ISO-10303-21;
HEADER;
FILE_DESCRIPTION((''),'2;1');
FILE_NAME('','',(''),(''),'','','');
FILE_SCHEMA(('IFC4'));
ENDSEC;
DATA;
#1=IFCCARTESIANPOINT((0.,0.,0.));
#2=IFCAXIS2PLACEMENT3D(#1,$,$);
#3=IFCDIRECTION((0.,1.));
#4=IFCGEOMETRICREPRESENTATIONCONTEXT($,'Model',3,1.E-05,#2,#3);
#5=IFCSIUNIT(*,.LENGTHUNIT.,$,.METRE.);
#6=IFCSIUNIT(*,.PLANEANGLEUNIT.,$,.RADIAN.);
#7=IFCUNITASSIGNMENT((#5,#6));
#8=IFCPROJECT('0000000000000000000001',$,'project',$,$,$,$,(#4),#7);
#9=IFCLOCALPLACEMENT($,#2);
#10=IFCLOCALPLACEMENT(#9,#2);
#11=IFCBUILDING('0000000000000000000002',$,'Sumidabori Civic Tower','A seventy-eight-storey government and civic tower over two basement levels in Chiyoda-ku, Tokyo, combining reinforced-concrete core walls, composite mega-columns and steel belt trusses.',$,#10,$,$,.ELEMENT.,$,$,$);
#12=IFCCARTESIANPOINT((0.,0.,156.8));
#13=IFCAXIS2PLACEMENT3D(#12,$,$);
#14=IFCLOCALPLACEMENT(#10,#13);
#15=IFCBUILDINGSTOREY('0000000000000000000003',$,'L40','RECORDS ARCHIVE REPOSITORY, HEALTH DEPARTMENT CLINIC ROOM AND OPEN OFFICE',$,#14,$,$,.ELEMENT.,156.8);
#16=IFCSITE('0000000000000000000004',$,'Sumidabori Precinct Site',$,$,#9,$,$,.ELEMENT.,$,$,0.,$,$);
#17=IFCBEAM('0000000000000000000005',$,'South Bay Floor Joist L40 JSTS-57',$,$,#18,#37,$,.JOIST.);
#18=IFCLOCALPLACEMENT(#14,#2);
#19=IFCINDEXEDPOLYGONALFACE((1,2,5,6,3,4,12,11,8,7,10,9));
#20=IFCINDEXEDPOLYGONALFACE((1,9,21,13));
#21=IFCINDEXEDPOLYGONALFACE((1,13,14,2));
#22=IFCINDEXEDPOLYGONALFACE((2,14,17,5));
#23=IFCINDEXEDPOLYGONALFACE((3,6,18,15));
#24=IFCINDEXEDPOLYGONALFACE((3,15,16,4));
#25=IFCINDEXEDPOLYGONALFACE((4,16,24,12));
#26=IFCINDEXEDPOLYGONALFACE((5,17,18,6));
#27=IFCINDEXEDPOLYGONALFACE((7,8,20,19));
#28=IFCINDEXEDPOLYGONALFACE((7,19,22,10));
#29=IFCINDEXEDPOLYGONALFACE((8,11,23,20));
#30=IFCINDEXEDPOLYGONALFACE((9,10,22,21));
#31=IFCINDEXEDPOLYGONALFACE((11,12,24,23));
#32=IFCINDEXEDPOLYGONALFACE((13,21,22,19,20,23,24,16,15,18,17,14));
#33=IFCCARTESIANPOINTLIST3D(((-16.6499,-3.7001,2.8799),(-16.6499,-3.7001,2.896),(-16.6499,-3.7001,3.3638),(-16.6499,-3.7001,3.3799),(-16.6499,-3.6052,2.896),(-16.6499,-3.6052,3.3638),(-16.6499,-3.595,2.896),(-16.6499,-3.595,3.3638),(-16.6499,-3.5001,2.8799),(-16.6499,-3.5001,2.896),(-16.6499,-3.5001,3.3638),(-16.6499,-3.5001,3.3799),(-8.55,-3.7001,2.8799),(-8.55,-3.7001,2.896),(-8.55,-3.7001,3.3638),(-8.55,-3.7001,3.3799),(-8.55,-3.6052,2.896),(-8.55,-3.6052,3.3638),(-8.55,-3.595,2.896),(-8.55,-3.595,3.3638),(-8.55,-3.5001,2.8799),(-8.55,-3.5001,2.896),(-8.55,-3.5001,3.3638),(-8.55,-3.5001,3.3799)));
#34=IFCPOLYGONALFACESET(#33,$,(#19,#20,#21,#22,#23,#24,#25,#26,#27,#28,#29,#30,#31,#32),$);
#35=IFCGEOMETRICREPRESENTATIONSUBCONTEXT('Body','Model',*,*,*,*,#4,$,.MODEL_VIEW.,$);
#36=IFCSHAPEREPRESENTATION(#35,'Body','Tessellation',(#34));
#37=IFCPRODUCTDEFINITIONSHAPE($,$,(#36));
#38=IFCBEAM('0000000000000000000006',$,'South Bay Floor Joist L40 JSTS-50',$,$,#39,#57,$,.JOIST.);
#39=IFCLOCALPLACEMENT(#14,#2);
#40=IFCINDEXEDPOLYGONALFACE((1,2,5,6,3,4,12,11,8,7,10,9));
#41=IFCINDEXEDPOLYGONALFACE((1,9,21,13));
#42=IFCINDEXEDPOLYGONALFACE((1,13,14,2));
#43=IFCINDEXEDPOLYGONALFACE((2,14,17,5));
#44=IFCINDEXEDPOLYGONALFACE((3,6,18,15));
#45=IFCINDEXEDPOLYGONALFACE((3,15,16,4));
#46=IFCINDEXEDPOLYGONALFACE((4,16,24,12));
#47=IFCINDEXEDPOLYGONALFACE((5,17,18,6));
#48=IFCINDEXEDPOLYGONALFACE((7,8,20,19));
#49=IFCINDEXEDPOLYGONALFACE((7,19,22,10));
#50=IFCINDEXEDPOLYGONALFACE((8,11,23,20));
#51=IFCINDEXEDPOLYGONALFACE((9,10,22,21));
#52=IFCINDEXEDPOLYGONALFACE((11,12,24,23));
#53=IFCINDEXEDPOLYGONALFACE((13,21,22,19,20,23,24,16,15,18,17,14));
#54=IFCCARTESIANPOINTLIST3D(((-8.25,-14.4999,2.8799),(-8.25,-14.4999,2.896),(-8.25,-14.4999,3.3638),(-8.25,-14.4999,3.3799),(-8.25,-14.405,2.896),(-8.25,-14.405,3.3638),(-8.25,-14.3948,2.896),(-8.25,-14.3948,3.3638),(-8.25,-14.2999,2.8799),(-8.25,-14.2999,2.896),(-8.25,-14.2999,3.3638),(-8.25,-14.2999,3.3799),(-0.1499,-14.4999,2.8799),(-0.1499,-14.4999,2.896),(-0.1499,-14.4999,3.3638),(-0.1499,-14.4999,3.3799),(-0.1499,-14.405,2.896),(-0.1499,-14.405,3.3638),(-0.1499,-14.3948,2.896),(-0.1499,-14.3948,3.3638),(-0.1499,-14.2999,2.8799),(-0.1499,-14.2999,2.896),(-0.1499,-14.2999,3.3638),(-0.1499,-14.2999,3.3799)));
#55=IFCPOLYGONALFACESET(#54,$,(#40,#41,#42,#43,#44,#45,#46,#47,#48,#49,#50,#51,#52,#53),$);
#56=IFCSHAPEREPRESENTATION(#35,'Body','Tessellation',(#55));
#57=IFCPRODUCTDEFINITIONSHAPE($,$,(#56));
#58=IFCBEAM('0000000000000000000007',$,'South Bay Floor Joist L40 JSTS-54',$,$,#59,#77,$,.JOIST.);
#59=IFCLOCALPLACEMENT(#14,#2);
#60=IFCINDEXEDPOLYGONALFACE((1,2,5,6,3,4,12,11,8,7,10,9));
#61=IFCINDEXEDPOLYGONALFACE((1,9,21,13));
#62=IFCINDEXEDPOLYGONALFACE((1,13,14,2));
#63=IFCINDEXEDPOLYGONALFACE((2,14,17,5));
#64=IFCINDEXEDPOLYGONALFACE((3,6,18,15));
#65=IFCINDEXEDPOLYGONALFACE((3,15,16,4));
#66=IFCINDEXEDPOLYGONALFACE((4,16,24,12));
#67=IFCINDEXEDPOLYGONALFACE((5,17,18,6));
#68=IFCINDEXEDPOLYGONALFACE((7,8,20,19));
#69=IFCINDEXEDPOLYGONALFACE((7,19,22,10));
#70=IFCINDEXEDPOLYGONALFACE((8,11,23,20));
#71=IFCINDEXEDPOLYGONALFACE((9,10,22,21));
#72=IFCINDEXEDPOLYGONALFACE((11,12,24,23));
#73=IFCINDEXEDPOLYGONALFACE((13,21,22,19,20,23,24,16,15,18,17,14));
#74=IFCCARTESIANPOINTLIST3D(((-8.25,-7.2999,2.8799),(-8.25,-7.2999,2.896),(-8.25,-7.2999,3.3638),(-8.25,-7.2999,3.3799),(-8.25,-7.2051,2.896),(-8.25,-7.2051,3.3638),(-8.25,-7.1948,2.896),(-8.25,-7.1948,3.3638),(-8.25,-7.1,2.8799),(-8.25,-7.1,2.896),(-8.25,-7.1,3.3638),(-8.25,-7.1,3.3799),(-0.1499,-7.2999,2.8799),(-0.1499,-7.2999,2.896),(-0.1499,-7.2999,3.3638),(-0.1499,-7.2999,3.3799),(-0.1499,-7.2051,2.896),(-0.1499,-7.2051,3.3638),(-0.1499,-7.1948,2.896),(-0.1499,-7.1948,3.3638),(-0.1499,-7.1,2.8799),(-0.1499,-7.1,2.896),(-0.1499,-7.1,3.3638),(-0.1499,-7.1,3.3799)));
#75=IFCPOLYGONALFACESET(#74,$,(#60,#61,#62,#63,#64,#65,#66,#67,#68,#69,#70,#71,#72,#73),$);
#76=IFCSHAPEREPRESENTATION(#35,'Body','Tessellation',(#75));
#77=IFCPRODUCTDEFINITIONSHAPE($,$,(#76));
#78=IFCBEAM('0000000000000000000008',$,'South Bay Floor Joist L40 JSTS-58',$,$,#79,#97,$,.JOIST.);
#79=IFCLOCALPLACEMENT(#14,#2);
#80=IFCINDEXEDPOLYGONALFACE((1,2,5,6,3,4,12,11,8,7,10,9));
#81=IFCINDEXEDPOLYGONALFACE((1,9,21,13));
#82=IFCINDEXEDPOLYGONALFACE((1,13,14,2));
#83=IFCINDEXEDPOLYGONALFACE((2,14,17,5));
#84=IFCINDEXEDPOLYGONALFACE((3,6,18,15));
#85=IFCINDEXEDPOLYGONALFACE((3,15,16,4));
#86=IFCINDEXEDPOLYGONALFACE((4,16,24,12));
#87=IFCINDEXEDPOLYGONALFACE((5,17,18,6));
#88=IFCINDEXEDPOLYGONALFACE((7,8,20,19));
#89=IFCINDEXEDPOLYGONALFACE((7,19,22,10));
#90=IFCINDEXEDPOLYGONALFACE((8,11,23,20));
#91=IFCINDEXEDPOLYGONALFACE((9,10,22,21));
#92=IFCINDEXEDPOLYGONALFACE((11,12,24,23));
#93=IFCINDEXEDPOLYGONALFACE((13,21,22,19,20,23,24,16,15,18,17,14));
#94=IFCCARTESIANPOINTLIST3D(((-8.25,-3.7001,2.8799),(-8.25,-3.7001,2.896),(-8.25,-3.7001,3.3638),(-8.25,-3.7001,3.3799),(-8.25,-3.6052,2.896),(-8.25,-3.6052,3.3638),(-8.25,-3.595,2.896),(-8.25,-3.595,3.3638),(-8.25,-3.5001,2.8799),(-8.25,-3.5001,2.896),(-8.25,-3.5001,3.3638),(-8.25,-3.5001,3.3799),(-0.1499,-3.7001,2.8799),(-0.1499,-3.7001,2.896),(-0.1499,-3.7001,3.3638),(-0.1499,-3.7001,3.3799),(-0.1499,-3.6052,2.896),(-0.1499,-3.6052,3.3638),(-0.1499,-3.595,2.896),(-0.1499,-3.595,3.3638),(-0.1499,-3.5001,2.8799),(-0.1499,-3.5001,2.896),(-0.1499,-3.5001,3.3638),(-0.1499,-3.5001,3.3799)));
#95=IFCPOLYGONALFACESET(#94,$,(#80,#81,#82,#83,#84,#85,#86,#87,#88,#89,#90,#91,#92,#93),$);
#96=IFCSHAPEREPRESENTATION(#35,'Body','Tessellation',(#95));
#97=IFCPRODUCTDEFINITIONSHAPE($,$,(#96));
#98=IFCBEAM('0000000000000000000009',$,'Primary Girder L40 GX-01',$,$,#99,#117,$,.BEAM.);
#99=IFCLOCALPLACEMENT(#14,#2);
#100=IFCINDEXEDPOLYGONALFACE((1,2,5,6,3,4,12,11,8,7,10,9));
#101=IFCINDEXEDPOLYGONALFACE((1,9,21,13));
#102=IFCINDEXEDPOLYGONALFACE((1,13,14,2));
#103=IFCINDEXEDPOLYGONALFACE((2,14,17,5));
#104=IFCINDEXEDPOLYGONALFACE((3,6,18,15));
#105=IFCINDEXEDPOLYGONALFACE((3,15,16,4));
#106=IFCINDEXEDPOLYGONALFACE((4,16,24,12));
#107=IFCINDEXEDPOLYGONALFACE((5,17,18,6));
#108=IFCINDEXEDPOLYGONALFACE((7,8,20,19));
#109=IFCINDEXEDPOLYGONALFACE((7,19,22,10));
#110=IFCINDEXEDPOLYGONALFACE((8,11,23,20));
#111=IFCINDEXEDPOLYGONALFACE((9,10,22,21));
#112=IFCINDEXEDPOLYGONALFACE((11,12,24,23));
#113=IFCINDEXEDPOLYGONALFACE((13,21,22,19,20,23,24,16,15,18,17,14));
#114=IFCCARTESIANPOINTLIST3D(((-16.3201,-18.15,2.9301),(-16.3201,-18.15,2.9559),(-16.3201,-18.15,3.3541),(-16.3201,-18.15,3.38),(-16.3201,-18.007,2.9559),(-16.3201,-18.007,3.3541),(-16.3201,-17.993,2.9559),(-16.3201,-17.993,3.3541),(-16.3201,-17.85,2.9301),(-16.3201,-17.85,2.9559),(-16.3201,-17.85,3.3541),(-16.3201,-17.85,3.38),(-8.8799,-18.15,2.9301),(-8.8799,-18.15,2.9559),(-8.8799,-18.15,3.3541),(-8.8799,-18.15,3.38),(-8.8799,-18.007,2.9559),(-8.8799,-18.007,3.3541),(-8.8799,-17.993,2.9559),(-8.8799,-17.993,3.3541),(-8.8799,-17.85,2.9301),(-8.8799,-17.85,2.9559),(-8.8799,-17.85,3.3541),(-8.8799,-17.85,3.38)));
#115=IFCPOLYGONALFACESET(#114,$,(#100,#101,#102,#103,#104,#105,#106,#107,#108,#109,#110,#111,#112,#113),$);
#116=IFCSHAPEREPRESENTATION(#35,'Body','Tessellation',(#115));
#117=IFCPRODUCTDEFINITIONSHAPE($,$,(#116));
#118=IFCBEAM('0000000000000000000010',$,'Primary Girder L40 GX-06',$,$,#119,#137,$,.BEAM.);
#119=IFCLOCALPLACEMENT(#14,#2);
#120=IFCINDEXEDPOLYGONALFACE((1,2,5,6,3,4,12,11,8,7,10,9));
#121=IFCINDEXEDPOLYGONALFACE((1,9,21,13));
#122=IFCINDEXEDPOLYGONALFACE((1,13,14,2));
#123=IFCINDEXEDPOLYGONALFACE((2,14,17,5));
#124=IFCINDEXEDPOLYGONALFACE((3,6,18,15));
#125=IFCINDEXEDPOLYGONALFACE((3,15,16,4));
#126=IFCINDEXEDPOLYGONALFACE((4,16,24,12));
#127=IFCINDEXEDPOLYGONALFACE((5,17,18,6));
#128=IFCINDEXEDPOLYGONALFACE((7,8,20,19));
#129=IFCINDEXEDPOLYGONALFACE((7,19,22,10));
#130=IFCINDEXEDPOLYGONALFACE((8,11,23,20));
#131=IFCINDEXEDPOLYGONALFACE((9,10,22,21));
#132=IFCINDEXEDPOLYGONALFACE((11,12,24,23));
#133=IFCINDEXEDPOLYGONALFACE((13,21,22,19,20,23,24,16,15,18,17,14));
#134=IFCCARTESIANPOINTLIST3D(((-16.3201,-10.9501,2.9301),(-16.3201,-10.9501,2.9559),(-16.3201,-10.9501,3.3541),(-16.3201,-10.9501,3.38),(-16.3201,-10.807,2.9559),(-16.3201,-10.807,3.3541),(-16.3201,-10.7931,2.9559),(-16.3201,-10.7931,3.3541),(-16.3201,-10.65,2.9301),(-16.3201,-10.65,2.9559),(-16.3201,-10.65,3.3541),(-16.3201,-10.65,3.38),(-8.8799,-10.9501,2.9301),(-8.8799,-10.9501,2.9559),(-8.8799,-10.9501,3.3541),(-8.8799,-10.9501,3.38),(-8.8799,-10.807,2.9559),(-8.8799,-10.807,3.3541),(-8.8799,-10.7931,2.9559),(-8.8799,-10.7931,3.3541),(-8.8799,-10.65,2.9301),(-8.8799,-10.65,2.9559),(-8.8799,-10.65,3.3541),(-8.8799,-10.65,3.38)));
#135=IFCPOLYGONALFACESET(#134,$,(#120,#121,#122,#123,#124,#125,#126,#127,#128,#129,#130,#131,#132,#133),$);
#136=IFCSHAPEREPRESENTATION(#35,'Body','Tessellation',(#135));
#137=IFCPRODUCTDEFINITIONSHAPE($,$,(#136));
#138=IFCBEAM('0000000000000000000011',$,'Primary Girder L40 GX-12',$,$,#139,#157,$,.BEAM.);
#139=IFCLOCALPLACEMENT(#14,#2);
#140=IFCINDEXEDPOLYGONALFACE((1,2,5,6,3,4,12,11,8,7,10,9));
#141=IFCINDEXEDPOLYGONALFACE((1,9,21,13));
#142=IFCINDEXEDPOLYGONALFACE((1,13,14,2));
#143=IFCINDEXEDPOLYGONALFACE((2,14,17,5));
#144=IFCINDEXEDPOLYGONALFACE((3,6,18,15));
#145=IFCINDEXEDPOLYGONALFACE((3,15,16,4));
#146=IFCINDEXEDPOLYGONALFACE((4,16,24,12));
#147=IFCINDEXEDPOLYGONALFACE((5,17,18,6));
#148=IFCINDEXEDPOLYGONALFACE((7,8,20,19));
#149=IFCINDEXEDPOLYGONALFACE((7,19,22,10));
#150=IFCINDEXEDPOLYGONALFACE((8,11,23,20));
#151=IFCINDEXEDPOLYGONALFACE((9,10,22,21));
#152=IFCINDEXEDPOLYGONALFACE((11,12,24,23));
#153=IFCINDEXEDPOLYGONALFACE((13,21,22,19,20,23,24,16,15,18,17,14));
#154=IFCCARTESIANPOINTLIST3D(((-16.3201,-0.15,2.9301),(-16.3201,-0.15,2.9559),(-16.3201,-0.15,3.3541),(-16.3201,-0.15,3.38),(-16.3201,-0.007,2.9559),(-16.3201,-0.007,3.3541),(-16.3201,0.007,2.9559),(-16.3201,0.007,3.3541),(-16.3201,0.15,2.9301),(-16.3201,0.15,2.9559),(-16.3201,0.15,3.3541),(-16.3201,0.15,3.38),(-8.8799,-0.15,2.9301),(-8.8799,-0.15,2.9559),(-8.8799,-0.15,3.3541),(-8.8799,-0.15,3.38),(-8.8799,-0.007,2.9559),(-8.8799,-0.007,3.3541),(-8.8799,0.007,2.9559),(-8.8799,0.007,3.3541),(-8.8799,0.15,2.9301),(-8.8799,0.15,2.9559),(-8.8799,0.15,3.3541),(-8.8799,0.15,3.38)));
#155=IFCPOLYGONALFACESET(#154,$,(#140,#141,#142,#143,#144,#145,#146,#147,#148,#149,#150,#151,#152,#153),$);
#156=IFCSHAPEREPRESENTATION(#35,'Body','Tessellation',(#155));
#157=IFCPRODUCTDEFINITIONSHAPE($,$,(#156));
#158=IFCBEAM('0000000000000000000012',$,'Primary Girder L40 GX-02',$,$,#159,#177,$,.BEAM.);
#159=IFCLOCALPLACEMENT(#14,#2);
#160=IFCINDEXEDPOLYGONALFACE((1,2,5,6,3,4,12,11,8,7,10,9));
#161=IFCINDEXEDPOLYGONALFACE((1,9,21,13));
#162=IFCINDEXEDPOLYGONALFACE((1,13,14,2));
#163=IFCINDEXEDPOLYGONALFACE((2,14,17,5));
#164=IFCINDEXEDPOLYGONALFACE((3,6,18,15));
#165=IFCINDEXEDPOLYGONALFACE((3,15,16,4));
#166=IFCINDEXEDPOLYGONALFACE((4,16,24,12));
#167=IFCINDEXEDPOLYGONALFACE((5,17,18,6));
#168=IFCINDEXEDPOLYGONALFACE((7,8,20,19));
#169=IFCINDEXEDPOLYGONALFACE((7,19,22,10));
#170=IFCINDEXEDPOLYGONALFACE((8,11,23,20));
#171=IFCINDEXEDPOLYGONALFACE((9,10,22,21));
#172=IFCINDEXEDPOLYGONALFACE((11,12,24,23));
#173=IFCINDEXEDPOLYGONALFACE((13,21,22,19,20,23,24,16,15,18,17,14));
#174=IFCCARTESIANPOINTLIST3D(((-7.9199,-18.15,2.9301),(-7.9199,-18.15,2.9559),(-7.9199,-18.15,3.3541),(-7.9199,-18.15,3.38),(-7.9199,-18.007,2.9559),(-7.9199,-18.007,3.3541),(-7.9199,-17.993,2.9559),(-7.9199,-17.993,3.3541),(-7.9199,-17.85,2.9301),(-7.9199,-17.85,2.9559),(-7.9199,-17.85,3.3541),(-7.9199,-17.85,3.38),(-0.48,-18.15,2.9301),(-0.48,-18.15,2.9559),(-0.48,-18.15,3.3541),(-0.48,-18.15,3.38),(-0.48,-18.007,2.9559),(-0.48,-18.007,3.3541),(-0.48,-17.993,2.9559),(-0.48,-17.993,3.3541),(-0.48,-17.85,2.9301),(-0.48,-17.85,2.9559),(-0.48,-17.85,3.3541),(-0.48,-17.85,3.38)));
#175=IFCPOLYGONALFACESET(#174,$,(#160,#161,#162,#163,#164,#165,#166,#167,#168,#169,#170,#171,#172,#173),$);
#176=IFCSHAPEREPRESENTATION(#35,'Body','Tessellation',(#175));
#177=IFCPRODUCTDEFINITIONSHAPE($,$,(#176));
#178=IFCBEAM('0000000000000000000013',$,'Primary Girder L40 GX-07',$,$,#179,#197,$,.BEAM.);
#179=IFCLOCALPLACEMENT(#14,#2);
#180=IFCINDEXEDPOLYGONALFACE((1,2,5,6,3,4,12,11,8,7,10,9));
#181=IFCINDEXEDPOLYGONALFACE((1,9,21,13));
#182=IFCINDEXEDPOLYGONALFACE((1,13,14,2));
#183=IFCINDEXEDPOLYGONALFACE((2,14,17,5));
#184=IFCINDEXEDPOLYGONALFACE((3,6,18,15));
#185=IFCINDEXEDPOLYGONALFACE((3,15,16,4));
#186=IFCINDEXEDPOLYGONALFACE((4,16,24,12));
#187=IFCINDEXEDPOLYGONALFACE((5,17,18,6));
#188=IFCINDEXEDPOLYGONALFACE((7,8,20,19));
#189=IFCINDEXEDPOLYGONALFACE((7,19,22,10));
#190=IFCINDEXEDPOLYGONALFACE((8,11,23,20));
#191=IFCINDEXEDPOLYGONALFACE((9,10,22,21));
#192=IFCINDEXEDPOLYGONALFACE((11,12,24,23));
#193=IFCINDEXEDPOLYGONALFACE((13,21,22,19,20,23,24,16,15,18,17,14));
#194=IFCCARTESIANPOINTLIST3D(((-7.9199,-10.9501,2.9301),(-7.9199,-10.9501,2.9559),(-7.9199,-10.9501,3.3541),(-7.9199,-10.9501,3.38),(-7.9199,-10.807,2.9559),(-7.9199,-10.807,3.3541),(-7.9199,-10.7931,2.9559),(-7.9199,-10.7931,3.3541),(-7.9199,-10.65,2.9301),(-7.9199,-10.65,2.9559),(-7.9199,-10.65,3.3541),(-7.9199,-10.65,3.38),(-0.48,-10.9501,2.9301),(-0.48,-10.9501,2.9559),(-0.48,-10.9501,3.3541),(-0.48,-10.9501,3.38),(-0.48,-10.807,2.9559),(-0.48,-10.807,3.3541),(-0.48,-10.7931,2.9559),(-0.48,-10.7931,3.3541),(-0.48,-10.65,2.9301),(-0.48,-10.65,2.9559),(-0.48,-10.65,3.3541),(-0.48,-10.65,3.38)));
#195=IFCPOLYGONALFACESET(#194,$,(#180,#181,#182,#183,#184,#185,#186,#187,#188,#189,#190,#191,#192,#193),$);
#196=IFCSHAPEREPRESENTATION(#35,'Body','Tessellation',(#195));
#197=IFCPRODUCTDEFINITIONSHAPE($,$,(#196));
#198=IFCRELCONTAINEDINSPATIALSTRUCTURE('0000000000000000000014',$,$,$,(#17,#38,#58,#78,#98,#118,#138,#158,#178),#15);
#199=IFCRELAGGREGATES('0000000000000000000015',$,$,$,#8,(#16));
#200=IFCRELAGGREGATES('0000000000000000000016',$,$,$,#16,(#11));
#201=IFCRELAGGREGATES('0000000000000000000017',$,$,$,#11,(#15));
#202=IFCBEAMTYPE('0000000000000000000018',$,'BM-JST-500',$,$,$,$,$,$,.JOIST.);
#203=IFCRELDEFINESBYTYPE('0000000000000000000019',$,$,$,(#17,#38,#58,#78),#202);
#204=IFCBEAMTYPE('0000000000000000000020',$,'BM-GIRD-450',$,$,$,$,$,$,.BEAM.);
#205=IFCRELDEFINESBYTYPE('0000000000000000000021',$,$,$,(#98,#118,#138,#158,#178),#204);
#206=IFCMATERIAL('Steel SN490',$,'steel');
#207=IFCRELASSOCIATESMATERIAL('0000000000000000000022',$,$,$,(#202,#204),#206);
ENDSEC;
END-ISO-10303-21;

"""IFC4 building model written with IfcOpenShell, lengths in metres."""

from ifc_helpers import new_model, si_unit, direction, frame, origin, origin_2d, place, context, subcontext, project, spatial, i_section, extrude, source, transform, mapped, material, material_profile, profile_set, type_object, element, save


model = new_model("IFC4")

# Units and contexts
model_context = context("Model", 3, precision=1e-05, world=origin(), true_north=direction((0.0, 1.0)))
body_context = subcontext(model_context, "Body", "Model", "MODEL_VIEW")
ifc_project = project(units=[si_unit("LENGTHUNIT", "METRE"), si_unit("PLANEANGLEUNIT", "RADIAN")], contexts=[model_context])

# Site, building, storey
site_placement = place(None, origin())
site = spatial("IfcSite", under=ifc_project, at=site_placement, Name="Sumidabori Precinct Site", CompositionType="ELEMENT", RefElevation=0.0)
building_placement = place(site_placement, origin())
building = spatial("IfcBuilding", under=site, at=building_placement, Name="Sumidabori Civic Tower", Description="A seventy-eight-storey government and civic tower over two basement levels in Chiyoda-ku, Tokyo, combining reinforced-concrete core walls, composite mega-columns and steel belt trusses.", CompositionType="ELEMENT")
storey_placement = place(building_placement, frame((0.0, 0.0, 156.8)))
storey = spatial("IfcBuildingStorey", under=building, at=storey_placement, Name="L40", Description="RECORDS ARCHIVE REPOSITORY, HEALTH DEPARTMENT CLINIC ROOM AND OPEN OFFICE", CompositionType="ELEMENT", Elevation=156.8)

# Beams
ifc_material_1 = material(Name="Steel SN490", Category="steel")
ifc_material_profile_1 = material_profile(ifc_material_1, i_section(OverallWidth=0.2, OverallDepth=0.5, WebThickness=0.0103, FlangeThickness=0.0161, at=origin_2d()), Name="IPE 500")
ifc_profile_set_1 = profile_set([ifc_material_profile_1], Name="Steel SN490")
beam_type_1 = type_object("IfcBeamType", Name="BM-JST-500", PredefinedType="JOIST", material=ifc_profile_set_1)
shared_shape_1 = source(origin(), body_context, "Body", "SweptSolid", [
    extrude(i_section(OverallWidth=0.2, OverallDepth=0.5, WebThickness=0.0103, FlangeThickness=0.0161, at=origin_2d()), origin(), (0.0, 0.0, 1.0), 8.0999),
])
beam_placement = place(storey_placement, frame((-16.6499, -3.6001, 3.1299), z_axis=(1.0, 0.0, 0.0), x_axis=(0.0, 1.0, 0.0)))
element("IfcBeam", 1, at=beam_placement, inside=storey, type_object=beam_type_1, Name="South Bay Floor Joist L40 JSTS-57", PredefinedType="JOIST", context=body_context, shape_type="MappedRepresentation", body=[
    mapped(shared_shape_1, transform((0.0, 0.0, 0.0), x_axis=(1.0, 0.0, 0.0), y_axis=(0.0, 1.0, 0.0), z_axis=(0.0, 0.0, 1.0), scale=1.0)),
])
shared_shape_2 = source(origin(), body_context, "Body", "SweptSolid", [
    extrude(i_section(OverallWidth=0.2, OverallDepth=0.5, WebThickness=0.0103, FlangeThickness=0.0161, at=origin_2d()), origin(), (0.0, 0.0, 1.0), 8.1001),
])
for number, where, z_axis, x_axis, name in (
    (2, (-8.25, -14.3999, 3.1299), (1.0, 0.0, 0.0), (0.0, 1.0, 0.0), "South Bay Floor Joist L40 JSTS-50"),
    (3, (-8.25, -7.2, 3.1299), (1.0, 0.0, 0.0), (0.0, 1.0, 0.0), "South Bay Floor Joist L40 JSTS-54"),
    (4, (-8.25, -3.6001, 3.1299), (1.0, 0.0, 0.0), (0.0, 1.0, 0.0), "South Bay Floor Joist L40 JSTS-58"),
):
    element("IfcBeam", number, at=place(storey_placement, frame(where, z_axis=z_axis, x_axis=x_axis)), inside=storey, type_object=beam_type_1, Name=name, PredefinedType="JOIST", context=body_context, shape_type="MappedRepresentation", body=[
        mapped(shared_shape_2, transform((0.0, 0.0, 0.0), x_axis=(1.0, 0.0, 0.0), y_axis=(0.0, 1.0, 0.0), z_axis=(0.0, 0.0, 1.0), scale=1.0)),
    ])
ifc_material_profile_2 = material_profile(ifc_material_1, i_section(OverallWidth=0.3, OverallDepth=0.45, WebThickness=0.0139, FlangeThickness=0.0259, at=origin_2d()), Name="HE 450 B")
ifc_profile_set_2 = profile_set([ifc_material_profile_2], Name="Steel SN490")
beam_type_2 = type_object("IfcBeamType", Name="BM-GIRD-450", PredefinedType="BEAM", material=ifc_profile_set_2)
shared_shape_3 = source(origin(), body_context, "Body", "SweptSolid", [
    extrude(i_section(OverallWidth=0.3, OverallDepth=0.45, WebThickness=0.0139, FlangeThickness=0.0259, at=origin_2d()), origin(), (0.0, 0.0, 1.0), 7.4402),
])
for number, where, z_axis, x_axis, name in (
    (5, (-16.3201, -18.0, 3.155), (1.0, 0.0, 0.0), (0.0, 1.0, 0.0), "Primary Girder L40 GX-01"),
    (6, (-16.3201, -10.8, 3.155), (1.0, 0.0, 0.0), (0.0, 1.0, 0.0), "Primary Girder L40 GX-06"),
    (7, (-16.3201, 0.0, 3.155), (1.0, 0.0, 0.0), (0.0, 1.0, 0.0), "Primary Girder L40 GX-12"),
):
    element("IfcBeam", number, at=place(storey_placement, frame(where, z_axis=z_axis, x_axis=x_axis)), inside=storey, type_object=beam_type_2, Name=name, PredefinedType="BEAM", context=body_context, shape_type="MappedRepresentation", body=[
        mapped(shared_shape_3, transform((0.0, 0.0, 0.0), x_axis=(1.0, 0.0, 0.0), y_axis=(0.0, 1.0, 0.0), z_axis=(0.0, 0.0, 1.0), scale=1.0)),
    ])
shared_shape_4 = source(origin(), body_context, "Body", "SweptSolid", [
    extrude(i_section(OverallWidth=0.3, OverallDepth=0.45, WebThickness=0.0139, FlangeThickness=0.0259, at=origin_2d()), origin(), (0.0, 0.0, 1.0), 7.4399),
])
for number, where, z_axis, x_axis, name in (
    (8, (-7.9199, -18.0, 3.155), (1.0, 0.0, 0.0), (0.0, 1.0, 0.0), "Primary Girder L40 GX-02"),
    (9, (-7.9199, -10.8, 3.155), (1.0, 0.0, 0.0), (0.0, 1.0, 0.0), "Primary Girder L40 GX-07"),
):
    element("IfcBeam", number, at=place(storey_placement, frame(where, z_axis=z_axis, x_axis=x_axis)), inside=storey, type_object=beam_type_2, Name=name, PredefinedType="BEAM", context=body_context, shape_type="MappedRepresentation", body=[
        mapped(shared_shape_4, transform((0.0, 0.0, 0.0), x_axis=(1.0, 0.0, 0.0), y_axis=(0.0, 1.0, 0.0), z_axis=(0.0, 0.0, 1.0), scale=1.0)),
    ])

save(model, "model.ifc")
